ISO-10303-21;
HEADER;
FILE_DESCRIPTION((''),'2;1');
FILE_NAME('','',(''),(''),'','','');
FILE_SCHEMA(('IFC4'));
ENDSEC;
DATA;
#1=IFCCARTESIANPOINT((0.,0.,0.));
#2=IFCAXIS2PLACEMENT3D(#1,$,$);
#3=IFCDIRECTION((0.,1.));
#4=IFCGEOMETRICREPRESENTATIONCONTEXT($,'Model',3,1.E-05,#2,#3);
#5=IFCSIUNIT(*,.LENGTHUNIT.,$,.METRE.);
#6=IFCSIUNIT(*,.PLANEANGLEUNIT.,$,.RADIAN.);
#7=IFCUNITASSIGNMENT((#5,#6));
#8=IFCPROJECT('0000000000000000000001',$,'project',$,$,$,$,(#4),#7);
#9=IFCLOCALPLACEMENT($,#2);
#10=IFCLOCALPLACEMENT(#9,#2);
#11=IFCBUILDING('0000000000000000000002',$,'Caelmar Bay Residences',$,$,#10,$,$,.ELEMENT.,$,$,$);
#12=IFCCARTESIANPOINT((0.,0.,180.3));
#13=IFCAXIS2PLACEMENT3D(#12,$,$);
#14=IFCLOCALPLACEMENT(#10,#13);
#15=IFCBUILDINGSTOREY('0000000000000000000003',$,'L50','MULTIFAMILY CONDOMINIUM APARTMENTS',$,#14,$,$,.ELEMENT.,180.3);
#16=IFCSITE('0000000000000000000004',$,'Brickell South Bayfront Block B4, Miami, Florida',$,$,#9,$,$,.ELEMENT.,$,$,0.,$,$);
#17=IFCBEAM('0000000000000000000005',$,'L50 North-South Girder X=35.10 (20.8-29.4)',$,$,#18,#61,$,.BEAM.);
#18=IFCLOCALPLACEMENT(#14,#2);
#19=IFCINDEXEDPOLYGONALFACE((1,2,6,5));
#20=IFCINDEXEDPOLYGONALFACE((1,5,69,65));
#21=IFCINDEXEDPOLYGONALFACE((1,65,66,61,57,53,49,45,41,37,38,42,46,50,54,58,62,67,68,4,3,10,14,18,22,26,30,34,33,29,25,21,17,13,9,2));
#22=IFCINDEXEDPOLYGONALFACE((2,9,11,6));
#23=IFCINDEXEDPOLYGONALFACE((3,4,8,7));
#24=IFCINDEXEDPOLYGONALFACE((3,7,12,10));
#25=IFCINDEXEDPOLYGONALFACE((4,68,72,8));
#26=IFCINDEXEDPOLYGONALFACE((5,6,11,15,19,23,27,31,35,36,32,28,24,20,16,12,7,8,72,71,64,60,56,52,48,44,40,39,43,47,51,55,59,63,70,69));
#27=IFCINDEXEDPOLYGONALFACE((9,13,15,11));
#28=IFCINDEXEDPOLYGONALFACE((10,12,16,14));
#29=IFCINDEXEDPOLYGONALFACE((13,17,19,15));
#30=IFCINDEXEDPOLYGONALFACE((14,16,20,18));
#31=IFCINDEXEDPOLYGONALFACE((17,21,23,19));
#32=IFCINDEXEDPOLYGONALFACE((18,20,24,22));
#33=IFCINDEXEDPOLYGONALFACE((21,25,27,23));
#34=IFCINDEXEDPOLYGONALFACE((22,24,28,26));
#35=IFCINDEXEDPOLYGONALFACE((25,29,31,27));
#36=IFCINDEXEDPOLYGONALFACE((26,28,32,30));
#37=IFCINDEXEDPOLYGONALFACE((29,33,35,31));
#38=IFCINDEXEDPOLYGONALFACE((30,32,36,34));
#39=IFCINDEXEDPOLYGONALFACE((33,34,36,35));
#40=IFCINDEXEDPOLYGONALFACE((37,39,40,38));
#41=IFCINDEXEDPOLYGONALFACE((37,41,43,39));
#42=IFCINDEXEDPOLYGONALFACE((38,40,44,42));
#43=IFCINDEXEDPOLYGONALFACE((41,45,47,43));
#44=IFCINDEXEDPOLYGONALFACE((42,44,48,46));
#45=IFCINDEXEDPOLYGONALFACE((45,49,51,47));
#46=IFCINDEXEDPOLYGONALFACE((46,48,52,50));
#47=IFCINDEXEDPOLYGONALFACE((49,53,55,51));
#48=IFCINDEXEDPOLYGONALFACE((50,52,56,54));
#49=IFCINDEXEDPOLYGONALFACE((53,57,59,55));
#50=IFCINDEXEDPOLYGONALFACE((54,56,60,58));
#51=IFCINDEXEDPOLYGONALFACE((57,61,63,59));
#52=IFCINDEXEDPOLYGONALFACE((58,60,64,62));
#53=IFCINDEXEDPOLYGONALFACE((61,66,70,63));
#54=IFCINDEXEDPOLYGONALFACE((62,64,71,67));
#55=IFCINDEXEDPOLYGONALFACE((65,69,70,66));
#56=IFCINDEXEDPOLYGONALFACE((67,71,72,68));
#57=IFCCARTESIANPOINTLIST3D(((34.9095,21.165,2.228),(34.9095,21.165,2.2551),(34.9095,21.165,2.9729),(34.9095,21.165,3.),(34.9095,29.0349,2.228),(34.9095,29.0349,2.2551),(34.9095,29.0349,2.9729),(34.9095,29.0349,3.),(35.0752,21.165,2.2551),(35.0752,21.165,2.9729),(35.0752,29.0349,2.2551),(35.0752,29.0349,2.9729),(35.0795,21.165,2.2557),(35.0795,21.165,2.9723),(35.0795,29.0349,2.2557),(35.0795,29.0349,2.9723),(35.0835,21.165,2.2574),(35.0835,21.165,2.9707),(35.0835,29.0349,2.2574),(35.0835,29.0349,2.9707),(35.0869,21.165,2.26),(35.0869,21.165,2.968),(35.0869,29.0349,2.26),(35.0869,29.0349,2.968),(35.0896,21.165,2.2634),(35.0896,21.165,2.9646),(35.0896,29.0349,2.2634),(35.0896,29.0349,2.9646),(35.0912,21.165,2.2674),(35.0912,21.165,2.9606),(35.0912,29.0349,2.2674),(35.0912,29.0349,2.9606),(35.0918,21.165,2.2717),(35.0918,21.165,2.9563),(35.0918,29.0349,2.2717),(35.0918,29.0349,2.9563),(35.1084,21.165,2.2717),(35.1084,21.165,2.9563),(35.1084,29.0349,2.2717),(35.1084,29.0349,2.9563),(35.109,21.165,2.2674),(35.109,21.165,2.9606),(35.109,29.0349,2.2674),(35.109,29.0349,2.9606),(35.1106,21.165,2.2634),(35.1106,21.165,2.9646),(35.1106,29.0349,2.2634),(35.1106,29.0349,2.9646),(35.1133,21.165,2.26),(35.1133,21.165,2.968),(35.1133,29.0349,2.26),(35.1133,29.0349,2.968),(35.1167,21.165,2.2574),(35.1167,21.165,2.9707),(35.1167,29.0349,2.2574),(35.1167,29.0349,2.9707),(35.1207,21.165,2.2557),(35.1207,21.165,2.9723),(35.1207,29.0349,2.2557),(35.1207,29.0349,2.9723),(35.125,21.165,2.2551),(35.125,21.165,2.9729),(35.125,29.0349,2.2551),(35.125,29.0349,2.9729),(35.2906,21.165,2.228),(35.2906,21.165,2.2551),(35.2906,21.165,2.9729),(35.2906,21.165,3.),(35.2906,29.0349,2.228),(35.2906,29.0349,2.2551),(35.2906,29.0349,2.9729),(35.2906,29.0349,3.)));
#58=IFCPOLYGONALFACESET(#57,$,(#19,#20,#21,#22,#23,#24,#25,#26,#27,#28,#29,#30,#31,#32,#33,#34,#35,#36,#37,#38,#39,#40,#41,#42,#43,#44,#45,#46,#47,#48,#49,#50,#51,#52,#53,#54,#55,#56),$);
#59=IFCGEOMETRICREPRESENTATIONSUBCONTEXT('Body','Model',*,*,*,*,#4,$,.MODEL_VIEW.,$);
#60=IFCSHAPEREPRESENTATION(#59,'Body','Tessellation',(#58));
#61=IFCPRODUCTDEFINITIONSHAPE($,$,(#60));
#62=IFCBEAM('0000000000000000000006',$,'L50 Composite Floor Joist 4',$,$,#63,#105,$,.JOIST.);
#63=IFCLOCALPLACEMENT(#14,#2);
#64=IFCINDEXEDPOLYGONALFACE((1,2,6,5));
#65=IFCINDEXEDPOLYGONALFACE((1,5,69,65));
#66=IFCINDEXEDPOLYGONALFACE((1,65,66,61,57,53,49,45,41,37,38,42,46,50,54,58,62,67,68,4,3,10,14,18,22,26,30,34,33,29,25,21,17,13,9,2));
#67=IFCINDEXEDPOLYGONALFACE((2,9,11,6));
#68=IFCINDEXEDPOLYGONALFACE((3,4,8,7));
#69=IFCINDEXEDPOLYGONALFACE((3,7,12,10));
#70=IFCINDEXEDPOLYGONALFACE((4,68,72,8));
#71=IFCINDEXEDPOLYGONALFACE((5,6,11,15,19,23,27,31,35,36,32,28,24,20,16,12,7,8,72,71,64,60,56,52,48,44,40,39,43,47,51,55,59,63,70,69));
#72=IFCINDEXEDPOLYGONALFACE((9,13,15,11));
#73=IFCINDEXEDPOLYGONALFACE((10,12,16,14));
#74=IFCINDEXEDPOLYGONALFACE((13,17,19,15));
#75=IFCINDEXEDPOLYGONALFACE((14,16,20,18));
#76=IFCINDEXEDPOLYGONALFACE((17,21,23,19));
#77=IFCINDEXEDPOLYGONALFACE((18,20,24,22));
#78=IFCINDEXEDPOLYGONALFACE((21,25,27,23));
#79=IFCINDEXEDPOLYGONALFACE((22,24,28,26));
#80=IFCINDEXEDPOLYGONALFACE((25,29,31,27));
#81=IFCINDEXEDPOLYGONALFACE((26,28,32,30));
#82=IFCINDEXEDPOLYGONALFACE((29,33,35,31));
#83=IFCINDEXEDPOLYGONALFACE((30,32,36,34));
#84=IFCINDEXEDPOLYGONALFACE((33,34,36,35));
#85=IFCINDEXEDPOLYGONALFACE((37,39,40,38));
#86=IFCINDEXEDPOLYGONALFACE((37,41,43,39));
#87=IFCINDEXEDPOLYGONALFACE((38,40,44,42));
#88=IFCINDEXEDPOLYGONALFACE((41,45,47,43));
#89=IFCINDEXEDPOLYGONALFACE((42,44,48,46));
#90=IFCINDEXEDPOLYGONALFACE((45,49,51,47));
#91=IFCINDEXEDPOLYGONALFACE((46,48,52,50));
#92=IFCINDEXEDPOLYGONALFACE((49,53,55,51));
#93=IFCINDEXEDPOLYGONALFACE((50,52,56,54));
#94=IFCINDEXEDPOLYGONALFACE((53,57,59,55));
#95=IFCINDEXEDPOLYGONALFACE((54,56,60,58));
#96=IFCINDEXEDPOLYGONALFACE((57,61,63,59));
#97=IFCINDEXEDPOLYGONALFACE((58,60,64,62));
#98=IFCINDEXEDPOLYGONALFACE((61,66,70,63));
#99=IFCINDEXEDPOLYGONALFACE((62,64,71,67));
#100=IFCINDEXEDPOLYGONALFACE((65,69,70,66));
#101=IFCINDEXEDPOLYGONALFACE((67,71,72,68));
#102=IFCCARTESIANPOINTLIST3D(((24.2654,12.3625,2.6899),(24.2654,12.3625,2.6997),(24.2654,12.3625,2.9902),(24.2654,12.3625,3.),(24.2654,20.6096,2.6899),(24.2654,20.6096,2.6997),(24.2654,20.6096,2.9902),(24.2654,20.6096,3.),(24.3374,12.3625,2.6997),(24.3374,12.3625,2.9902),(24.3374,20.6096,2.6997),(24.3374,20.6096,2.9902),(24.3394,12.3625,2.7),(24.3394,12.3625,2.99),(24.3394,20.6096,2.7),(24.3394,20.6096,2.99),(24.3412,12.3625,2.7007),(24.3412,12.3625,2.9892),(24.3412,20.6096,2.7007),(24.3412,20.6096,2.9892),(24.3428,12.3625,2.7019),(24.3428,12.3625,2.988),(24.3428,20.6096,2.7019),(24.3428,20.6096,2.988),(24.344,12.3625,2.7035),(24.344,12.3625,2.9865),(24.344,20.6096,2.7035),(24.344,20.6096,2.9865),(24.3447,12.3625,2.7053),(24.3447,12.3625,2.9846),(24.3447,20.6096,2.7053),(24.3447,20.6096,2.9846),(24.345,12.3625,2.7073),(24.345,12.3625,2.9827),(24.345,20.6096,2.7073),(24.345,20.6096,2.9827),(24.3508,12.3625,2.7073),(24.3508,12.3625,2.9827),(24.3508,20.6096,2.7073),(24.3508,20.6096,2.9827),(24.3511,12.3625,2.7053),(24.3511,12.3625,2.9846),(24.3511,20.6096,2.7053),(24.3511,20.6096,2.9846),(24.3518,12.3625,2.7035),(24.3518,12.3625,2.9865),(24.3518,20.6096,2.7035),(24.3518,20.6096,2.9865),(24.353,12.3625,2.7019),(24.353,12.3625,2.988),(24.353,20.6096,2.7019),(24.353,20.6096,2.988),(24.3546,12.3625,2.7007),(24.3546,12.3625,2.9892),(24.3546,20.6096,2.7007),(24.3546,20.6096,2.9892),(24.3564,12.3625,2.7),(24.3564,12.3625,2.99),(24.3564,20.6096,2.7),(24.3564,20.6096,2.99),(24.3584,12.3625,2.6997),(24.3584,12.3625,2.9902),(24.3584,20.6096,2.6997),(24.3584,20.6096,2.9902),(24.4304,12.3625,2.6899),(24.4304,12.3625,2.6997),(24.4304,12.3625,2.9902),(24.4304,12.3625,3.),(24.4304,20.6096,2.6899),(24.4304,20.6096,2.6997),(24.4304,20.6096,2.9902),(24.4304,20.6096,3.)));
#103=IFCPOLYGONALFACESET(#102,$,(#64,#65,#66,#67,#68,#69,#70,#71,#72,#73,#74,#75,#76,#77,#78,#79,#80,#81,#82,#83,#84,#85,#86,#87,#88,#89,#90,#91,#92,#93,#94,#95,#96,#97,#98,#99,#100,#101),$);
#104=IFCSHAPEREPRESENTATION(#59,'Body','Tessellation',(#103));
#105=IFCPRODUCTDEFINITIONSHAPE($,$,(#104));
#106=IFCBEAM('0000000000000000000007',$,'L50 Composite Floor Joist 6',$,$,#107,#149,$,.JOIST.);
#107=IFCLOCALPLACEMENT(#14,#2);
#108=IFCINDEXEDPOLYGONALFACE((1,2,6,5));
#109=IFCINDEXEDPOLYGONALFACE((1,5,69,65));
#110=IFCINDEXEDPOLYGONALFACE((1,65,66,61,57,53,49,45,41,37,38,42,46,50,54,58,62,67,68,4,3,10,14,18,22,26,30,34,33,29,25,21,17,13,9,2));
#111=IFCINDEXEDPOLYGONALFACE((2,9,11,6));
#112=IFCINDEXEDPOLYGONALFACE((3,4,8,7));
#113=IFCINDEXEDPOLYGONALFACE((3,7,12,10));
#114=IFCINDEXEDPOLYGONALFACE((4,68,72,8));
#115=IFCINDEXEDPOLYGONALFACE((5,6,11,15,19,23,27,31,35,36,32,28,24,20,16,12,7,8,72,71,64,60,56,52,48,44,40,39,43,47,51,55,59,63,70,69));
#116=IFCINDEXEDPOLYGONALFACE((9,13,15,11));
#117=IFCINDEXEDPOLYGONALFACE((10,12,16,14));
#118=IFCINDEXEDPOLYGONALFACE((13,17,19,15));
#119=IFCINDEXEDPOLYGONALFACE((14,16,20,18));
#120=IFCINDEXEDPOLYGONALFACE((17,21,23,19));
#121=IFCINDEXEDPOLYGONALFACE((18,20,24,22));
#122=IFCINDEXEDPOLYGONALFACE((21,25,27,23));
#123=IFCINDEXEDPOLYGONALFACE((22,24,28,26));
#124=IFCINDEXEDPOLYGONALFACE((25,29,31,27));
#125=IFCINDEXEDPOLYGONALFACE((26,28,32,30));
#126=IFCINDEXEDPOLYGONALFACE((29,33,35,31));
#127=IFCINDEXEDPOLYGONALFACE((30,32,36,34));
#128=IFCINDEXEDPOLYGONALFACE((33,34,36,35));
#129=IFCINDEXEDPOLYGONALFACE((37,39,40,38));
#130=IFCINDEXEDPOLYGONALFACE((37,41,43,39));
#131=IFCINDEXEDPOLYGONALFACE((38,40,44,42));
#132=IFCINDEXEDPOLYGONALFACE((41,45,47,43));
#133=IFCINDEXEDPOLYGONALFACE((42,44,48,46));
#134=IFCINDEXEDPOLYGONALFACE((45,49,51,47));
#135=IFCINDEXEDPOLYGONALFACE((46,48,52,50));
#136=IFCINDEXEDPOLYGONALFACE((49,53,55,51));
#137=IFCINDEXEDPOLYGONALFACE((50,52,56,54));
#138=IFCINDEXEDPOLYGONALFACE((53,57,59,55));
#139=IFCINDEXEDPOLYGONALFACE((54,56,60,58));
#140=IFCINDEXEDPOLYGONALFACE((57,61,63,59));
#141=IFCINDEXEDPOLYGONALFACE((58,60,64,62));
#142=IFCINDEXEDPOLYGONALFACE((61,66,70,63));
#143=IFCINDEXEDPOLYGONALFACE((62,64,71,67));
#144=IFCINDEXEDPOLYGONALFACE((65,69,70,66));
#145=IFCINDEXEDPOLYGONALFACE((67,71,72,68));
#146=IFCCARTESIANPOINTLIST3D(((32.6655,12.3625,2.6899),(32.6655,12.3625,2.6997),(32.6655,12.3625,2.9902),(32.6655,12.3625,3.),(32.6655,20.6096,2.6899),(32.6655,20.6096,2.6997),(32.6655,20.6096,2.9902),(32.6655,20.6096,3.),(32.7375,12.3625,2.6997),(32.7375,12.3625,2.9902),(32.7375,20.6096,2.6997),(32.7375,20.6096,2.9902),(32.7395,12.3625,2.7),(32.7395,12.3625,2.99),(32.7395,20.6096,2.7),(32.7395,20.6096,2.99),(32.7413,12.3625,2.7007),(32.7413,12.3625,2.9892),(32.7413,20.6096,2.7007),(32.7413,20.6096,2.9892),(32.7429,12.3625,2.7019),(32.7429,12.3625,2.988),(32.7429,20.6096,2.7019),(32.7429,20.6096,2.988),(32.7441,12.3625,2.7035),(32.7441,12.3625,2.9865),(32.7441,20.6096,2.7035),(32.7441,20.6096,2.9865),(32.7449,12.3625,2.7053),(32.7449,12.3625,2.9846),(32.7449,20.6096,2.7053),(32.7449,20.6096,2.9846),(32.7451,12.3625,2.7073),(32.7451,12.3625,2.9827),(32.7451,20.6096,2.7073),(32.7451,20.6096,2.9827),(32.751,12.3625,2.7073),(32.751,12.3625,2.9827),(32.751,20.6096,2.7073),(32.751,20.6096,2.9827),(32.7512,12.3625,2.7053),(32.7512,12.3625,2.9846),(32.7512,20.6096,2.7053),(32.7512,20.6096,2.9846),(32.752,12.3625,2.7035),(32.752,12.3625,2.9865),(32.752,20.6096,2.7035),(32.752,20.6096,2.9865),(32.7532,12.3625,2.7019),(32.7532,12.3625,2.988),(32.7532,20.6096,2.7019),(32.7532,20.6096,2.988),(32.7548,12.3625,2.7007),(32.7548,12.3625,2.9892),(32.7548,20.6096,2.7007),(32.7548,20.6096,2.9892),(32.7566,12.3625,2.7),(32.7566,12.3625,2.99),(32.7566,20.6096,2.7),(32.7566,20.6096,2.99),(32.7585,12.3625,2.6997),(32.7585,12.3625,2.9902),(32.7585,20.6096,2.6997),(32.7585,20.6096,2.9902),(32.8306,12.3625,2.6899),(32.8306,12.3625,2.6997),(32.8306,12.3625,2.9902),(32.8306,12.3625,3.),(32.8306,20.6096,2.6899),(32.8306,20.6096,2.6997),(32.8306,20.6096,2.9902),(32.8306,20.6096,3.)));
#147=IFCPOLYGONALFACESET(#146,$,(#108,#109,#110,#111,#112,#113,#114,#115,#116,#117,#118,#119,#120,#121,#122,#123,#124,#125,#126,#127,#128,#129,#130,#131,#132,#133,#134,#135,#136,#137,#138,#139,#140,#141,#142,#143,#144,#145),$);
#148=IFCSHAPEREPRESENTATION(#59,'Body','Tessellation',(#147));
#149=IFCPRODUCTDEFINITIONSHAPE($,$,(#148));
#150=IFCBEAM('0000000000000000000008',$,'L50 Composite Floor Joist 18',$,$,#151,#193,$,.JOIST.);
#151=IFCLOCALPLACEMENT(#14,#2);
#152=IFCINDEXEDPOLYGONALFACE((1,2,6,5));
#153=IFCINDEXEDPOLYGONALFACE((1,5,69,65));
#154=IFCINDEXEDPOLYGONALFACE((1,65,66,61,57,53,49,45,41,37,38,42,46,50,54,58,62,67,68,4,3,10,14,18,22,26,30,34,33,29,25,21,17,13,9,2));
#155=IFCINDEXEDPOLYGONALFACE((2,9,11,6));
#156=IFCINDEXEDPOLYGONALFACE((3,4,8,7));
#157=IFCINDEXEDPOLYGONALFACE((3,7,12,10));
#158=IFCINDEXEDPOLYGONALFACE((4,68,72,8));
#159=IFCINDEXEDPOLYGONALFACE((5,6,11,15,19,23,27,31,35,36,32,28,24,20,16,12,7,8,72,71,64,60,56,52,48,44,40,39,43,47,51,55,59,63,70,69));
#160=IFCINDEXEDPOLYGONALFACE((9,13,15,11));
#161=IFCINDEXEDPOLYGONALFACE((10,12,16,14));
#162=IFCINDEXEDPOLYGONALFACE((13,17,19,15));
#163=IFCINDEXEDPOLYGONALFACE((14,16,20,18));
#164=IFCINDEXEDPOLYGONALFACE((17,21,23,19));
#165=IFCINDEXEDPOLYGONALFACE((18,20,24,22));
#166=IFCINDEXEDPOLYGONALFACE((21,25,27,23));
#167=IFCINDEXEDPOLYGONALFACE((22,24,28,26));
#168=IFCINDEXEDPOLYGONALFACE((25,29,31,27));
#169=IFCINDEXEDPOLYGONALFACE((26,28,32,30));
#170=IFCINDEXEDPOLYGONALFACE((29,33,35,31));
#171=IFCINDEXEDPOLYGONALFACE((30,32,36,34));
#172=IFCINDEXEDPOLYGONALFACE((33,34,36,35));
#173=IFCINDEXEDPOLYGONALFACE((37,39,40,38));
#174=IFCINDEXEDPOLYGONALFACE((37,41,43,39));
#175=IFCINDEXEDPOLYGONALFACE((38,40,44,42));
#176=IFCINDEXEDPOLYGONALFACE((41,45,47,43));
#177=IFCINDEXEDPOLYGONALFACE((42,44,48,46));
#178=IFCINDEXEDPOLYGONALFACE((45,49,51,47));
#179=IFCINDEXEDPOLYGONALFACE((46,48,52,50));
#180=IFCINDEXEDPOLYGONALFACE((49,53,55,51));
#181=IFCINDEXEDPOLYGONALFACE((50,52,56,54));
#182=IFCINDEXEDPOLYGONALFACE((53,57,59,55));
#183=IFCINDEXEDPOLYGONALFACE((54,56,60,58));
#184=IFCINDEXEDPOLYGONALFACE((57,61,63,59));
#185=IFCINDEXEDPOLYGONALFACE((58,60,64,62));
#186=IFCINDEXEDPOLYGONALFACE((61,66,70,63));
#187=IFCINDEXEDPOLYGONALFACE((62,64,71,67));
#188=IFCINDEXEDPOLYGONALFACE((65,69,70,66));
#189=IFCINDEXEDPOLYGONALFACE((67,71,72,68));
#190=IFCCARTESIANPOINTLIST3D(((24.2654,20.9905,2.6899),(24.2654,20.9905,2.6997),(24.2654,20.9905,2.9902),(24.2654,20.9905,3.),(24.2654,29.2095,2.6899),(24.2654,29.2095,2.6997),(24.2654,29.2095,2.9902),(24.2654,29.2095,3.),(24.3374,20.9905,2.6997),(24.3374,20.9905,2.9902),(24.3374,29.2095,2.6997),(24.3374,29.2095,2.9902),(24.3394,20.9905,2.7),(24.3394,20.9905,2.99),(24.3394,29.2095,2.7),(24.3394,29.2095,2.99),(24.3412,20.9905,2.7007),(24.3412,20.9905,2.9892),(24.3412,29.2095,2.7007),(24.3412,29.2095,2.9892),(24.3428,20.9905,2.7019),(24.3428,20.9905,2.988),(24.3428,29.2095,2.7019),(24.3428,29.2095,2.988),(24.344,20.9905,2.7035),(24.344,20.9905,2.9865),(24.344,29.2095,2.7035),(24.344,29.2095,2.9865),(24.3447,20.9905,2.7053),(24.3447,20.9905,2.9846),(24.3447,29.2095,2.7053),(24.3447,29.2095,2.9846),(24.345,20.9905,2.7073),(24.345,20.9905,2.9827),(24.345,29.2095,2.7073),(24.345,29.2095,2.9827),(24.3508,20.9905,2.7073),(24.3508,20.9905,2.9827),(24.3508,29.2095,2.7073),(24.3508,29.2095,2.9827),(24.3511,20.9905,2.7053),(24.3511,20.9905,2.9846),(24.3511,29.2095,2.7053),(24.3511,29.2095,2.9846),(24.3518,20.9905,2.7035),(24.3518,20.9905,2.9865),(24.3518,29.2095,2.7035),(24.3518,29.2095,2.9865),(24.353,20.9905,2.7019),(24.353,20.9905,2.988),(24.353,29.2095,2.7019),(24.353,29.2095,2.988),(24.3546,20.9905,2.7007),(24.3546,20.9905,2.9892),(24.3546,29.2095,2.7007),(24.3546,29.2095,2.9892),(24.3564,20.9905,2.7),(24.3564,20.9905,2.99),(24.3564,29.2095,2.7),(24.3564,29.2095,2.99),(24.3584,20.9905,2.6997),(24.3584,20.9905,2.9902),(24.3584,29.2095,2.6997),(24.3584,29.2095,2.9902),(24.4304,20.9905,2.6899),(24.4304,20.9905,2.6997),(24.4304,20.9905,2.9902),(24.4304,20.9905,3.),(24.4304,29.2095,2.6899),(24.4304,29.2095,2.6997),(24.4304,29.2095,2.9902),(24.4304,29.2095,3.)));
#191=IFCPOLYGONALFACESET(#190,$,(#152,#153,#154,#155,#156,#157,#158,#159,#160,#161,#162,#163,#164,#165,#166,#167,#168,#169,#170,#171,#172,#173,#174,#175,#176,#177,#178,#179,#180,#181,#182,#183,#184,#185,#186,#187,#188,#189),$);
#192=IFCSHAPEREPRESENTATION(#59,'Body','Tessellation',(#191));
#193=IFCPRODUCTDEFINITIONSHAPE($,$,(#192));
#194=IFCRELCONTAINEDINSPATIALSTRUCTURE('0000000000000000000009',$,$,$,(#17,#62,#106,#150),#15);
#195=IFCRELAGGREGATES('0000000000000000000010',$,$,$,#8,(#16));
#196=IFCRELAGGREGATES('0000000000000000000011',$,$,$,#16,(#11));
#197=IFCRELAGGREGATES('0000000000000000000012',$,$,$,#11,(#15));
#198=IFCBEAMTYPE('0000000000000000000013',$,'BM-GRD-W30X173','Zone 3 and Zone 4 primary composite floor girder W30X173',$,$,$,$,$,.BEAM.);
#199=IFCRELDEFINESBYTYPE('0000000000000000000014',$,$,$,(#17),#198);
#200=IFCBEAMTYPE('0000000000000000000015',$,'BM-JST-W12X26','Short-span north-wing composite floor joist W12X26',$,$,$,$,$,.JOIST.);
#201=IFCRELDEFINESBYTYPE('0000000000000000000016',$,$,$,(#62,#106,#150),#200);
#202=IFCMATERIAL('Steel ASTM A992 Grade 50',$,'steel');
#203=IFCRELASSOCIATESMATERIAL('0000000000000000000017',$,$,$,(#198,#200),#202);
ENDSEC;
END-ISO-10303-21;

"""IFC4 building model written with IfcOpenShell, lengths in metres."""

from ifc_helpers import new_model, si_unit, direction, frame, origin, origin_2d, place, context, subcontext, project, spatial, i_section, extrude, material, material_profile, profile_set, type_object, element, save


model = new_model("IFC4")

# Units and contexts
model_context = context("Model", 3, precision=1e-05, world=origin(), true_north=direction((0.0, 1.0)))
body_context = subcontext(model_context, "Body", "Model", "MODEL_VIEW")
ifc_project = project(units=[si_unit("LENGTHUNIT", "METRE"), si_unit("PLANEANGLEUNIT", "RADIAN")], contexts=[model_context])

# Site, building, storey
site_placement = place(None, origin())
site = spatial("IfcSite", under=ifc_project, at=site_placement, Name="Brickell South Bayfront Block B4, Miami, Florida", CompositionType="ELEMENT", RefElevation=0.0)
building_placement = place(site_placement, origin())
building = spatial("IfcBuilding", under=site, at=building_placement, Name="Caelmar Bay Residences", CompositionType="ELEMENT")
storey_placement = place(building_placement, frame((0.0, 0.0, 180.3)))
storey = spatial("IfcBuildingStorey", under=building, at=storey_placement, Name="L50", Description="MULTIFAMILY CONDOMINIUM APARTMENTS", CompositionType="ELEMENT", Elevation=180.3)

# Beams
ifc_material_1 = material(Name="Steel ASTM A992 Grade 50", Category="steel")
ifc_material_profile_1 = material_profile(ifc_material_1, i_section(OverallWidth=0.3811, OverallDepth=0.772, WebThickness=0.0166, FlangeThickness=0.0271, FilletRadius=0.0166, at=origin_2d()), Name="W30X173")
ifc_profile_set_1 = profile_set([ifc_material_profile_1], Name="Steel ASTM A992 Grade 50")
beam_type_1 = type_object("IfcBeamType", Name="BM-GRD-W30X173", Description="Zone 3 and Zone 4 primary composite floor girder W30X173", PredefinedType="BEAM", material=ifc_profile_set_1)
beam_1_placement = place(storey_placement, frame((35.1001, 21.165, 2.614), z_axis=(0.0, 1.0, 0.0), x_axis=(-1.0, 0.0, 0.0)))
element("IfcBeam", 1, at=beam_1_placement, inside=storey, type_object=beam_type_1, Name="L50 North-South Girder X=35.10 (20.8-29.4)", PredefinedType="BEAM", context=body_context, shape_type="SweptSolid", body=[
    extrude(i_section(OverallWidth=0.3811, OverallDepth=0.772, WebThickness=0.0166, FlangeThickness=0.0271, FilletRadius=0.0166, at=origin_2d()), origin(), (0.0, 0.0, 1.0), 7.8699),
])
ifc_material_profile_2 = material_profile(ifc_material_1, i_section(OverallWidth=0.165, OverallDepth=0.3101, WebThickness=0.0059, FlangeThickness=0.0098, FilletRadius=0.0076, at=origin_2d()), Name="W12X26")
ifc_profile_set_2 = profile_set([ifc_material_profile_2], Name="Steel ASTM A992 Grade 50")
beam_type_2 = type_object("IfcBeamType", Name="BM-JST-W12X26", Description="Short-span north-wing composite floor joist W12X26", PredefinedType="JOIST", material=ifc_profile_set_2)
for number, where, z_axis, x_axis, name in (
    (2, (24.3479, 12.3625, 2.845), (0.0, 1.0, 0.0), (-1.0, 0.0, 0.0), "L50 Composite Floor Joist 4"),
    (3, (32.748, 12.3625, 2.845), (0.0, 1.0, 0.0), (-1.0, 0.0, 0.0), "L50 Composite Floor Joist 6"),
):
    element("IfcBeam", number, at=place(storey_placement, frame(where, z_axis=z_axis, x_axis=x_axis)), inside=storey, type_object=beam_type_2, Name=name, PredefinedType="JOIST", context=body_context, shape_type="SweptSolid", body=[
        extrude(i_section(OverallWidth=0.165, OverallDepth=0.3101, WebThickness=0.0059, FlangeThickness=0.0098, FilletRadius=0.0076, at=origin_2d()), origin(), (0.0, 0.0, 1.0), 8.2471),
    ])
for number, where, z_axis, x_axis, name in (
    (4, (24.3479, 20.9905, 2.845), (0.0, 1.0, 0.0), (-1.0, 0.0, 0.0), "L50 Composite Floor Joist 18"),
):
    element("IfcBeam", number, at=place(storey_placement, frame(where, z_axis=z_axis, x_axis=x_axis)), inside=storey, type_object=beam_type_2, Name=name, PredefinedType="JOIST", context=body_context, shape_type="SweptSolid", body=[
        extrude(i_section(OverallWidth=0.165, OverallDepth=0.3101, WebThickness=0.0059, FlangeThickness=0.0098, FilletRadius=0.0076, at=origin_2d()), origin(), (0.0, 0.0, 1.0), 8.219),
    ])

save(model, "model.ifc")
